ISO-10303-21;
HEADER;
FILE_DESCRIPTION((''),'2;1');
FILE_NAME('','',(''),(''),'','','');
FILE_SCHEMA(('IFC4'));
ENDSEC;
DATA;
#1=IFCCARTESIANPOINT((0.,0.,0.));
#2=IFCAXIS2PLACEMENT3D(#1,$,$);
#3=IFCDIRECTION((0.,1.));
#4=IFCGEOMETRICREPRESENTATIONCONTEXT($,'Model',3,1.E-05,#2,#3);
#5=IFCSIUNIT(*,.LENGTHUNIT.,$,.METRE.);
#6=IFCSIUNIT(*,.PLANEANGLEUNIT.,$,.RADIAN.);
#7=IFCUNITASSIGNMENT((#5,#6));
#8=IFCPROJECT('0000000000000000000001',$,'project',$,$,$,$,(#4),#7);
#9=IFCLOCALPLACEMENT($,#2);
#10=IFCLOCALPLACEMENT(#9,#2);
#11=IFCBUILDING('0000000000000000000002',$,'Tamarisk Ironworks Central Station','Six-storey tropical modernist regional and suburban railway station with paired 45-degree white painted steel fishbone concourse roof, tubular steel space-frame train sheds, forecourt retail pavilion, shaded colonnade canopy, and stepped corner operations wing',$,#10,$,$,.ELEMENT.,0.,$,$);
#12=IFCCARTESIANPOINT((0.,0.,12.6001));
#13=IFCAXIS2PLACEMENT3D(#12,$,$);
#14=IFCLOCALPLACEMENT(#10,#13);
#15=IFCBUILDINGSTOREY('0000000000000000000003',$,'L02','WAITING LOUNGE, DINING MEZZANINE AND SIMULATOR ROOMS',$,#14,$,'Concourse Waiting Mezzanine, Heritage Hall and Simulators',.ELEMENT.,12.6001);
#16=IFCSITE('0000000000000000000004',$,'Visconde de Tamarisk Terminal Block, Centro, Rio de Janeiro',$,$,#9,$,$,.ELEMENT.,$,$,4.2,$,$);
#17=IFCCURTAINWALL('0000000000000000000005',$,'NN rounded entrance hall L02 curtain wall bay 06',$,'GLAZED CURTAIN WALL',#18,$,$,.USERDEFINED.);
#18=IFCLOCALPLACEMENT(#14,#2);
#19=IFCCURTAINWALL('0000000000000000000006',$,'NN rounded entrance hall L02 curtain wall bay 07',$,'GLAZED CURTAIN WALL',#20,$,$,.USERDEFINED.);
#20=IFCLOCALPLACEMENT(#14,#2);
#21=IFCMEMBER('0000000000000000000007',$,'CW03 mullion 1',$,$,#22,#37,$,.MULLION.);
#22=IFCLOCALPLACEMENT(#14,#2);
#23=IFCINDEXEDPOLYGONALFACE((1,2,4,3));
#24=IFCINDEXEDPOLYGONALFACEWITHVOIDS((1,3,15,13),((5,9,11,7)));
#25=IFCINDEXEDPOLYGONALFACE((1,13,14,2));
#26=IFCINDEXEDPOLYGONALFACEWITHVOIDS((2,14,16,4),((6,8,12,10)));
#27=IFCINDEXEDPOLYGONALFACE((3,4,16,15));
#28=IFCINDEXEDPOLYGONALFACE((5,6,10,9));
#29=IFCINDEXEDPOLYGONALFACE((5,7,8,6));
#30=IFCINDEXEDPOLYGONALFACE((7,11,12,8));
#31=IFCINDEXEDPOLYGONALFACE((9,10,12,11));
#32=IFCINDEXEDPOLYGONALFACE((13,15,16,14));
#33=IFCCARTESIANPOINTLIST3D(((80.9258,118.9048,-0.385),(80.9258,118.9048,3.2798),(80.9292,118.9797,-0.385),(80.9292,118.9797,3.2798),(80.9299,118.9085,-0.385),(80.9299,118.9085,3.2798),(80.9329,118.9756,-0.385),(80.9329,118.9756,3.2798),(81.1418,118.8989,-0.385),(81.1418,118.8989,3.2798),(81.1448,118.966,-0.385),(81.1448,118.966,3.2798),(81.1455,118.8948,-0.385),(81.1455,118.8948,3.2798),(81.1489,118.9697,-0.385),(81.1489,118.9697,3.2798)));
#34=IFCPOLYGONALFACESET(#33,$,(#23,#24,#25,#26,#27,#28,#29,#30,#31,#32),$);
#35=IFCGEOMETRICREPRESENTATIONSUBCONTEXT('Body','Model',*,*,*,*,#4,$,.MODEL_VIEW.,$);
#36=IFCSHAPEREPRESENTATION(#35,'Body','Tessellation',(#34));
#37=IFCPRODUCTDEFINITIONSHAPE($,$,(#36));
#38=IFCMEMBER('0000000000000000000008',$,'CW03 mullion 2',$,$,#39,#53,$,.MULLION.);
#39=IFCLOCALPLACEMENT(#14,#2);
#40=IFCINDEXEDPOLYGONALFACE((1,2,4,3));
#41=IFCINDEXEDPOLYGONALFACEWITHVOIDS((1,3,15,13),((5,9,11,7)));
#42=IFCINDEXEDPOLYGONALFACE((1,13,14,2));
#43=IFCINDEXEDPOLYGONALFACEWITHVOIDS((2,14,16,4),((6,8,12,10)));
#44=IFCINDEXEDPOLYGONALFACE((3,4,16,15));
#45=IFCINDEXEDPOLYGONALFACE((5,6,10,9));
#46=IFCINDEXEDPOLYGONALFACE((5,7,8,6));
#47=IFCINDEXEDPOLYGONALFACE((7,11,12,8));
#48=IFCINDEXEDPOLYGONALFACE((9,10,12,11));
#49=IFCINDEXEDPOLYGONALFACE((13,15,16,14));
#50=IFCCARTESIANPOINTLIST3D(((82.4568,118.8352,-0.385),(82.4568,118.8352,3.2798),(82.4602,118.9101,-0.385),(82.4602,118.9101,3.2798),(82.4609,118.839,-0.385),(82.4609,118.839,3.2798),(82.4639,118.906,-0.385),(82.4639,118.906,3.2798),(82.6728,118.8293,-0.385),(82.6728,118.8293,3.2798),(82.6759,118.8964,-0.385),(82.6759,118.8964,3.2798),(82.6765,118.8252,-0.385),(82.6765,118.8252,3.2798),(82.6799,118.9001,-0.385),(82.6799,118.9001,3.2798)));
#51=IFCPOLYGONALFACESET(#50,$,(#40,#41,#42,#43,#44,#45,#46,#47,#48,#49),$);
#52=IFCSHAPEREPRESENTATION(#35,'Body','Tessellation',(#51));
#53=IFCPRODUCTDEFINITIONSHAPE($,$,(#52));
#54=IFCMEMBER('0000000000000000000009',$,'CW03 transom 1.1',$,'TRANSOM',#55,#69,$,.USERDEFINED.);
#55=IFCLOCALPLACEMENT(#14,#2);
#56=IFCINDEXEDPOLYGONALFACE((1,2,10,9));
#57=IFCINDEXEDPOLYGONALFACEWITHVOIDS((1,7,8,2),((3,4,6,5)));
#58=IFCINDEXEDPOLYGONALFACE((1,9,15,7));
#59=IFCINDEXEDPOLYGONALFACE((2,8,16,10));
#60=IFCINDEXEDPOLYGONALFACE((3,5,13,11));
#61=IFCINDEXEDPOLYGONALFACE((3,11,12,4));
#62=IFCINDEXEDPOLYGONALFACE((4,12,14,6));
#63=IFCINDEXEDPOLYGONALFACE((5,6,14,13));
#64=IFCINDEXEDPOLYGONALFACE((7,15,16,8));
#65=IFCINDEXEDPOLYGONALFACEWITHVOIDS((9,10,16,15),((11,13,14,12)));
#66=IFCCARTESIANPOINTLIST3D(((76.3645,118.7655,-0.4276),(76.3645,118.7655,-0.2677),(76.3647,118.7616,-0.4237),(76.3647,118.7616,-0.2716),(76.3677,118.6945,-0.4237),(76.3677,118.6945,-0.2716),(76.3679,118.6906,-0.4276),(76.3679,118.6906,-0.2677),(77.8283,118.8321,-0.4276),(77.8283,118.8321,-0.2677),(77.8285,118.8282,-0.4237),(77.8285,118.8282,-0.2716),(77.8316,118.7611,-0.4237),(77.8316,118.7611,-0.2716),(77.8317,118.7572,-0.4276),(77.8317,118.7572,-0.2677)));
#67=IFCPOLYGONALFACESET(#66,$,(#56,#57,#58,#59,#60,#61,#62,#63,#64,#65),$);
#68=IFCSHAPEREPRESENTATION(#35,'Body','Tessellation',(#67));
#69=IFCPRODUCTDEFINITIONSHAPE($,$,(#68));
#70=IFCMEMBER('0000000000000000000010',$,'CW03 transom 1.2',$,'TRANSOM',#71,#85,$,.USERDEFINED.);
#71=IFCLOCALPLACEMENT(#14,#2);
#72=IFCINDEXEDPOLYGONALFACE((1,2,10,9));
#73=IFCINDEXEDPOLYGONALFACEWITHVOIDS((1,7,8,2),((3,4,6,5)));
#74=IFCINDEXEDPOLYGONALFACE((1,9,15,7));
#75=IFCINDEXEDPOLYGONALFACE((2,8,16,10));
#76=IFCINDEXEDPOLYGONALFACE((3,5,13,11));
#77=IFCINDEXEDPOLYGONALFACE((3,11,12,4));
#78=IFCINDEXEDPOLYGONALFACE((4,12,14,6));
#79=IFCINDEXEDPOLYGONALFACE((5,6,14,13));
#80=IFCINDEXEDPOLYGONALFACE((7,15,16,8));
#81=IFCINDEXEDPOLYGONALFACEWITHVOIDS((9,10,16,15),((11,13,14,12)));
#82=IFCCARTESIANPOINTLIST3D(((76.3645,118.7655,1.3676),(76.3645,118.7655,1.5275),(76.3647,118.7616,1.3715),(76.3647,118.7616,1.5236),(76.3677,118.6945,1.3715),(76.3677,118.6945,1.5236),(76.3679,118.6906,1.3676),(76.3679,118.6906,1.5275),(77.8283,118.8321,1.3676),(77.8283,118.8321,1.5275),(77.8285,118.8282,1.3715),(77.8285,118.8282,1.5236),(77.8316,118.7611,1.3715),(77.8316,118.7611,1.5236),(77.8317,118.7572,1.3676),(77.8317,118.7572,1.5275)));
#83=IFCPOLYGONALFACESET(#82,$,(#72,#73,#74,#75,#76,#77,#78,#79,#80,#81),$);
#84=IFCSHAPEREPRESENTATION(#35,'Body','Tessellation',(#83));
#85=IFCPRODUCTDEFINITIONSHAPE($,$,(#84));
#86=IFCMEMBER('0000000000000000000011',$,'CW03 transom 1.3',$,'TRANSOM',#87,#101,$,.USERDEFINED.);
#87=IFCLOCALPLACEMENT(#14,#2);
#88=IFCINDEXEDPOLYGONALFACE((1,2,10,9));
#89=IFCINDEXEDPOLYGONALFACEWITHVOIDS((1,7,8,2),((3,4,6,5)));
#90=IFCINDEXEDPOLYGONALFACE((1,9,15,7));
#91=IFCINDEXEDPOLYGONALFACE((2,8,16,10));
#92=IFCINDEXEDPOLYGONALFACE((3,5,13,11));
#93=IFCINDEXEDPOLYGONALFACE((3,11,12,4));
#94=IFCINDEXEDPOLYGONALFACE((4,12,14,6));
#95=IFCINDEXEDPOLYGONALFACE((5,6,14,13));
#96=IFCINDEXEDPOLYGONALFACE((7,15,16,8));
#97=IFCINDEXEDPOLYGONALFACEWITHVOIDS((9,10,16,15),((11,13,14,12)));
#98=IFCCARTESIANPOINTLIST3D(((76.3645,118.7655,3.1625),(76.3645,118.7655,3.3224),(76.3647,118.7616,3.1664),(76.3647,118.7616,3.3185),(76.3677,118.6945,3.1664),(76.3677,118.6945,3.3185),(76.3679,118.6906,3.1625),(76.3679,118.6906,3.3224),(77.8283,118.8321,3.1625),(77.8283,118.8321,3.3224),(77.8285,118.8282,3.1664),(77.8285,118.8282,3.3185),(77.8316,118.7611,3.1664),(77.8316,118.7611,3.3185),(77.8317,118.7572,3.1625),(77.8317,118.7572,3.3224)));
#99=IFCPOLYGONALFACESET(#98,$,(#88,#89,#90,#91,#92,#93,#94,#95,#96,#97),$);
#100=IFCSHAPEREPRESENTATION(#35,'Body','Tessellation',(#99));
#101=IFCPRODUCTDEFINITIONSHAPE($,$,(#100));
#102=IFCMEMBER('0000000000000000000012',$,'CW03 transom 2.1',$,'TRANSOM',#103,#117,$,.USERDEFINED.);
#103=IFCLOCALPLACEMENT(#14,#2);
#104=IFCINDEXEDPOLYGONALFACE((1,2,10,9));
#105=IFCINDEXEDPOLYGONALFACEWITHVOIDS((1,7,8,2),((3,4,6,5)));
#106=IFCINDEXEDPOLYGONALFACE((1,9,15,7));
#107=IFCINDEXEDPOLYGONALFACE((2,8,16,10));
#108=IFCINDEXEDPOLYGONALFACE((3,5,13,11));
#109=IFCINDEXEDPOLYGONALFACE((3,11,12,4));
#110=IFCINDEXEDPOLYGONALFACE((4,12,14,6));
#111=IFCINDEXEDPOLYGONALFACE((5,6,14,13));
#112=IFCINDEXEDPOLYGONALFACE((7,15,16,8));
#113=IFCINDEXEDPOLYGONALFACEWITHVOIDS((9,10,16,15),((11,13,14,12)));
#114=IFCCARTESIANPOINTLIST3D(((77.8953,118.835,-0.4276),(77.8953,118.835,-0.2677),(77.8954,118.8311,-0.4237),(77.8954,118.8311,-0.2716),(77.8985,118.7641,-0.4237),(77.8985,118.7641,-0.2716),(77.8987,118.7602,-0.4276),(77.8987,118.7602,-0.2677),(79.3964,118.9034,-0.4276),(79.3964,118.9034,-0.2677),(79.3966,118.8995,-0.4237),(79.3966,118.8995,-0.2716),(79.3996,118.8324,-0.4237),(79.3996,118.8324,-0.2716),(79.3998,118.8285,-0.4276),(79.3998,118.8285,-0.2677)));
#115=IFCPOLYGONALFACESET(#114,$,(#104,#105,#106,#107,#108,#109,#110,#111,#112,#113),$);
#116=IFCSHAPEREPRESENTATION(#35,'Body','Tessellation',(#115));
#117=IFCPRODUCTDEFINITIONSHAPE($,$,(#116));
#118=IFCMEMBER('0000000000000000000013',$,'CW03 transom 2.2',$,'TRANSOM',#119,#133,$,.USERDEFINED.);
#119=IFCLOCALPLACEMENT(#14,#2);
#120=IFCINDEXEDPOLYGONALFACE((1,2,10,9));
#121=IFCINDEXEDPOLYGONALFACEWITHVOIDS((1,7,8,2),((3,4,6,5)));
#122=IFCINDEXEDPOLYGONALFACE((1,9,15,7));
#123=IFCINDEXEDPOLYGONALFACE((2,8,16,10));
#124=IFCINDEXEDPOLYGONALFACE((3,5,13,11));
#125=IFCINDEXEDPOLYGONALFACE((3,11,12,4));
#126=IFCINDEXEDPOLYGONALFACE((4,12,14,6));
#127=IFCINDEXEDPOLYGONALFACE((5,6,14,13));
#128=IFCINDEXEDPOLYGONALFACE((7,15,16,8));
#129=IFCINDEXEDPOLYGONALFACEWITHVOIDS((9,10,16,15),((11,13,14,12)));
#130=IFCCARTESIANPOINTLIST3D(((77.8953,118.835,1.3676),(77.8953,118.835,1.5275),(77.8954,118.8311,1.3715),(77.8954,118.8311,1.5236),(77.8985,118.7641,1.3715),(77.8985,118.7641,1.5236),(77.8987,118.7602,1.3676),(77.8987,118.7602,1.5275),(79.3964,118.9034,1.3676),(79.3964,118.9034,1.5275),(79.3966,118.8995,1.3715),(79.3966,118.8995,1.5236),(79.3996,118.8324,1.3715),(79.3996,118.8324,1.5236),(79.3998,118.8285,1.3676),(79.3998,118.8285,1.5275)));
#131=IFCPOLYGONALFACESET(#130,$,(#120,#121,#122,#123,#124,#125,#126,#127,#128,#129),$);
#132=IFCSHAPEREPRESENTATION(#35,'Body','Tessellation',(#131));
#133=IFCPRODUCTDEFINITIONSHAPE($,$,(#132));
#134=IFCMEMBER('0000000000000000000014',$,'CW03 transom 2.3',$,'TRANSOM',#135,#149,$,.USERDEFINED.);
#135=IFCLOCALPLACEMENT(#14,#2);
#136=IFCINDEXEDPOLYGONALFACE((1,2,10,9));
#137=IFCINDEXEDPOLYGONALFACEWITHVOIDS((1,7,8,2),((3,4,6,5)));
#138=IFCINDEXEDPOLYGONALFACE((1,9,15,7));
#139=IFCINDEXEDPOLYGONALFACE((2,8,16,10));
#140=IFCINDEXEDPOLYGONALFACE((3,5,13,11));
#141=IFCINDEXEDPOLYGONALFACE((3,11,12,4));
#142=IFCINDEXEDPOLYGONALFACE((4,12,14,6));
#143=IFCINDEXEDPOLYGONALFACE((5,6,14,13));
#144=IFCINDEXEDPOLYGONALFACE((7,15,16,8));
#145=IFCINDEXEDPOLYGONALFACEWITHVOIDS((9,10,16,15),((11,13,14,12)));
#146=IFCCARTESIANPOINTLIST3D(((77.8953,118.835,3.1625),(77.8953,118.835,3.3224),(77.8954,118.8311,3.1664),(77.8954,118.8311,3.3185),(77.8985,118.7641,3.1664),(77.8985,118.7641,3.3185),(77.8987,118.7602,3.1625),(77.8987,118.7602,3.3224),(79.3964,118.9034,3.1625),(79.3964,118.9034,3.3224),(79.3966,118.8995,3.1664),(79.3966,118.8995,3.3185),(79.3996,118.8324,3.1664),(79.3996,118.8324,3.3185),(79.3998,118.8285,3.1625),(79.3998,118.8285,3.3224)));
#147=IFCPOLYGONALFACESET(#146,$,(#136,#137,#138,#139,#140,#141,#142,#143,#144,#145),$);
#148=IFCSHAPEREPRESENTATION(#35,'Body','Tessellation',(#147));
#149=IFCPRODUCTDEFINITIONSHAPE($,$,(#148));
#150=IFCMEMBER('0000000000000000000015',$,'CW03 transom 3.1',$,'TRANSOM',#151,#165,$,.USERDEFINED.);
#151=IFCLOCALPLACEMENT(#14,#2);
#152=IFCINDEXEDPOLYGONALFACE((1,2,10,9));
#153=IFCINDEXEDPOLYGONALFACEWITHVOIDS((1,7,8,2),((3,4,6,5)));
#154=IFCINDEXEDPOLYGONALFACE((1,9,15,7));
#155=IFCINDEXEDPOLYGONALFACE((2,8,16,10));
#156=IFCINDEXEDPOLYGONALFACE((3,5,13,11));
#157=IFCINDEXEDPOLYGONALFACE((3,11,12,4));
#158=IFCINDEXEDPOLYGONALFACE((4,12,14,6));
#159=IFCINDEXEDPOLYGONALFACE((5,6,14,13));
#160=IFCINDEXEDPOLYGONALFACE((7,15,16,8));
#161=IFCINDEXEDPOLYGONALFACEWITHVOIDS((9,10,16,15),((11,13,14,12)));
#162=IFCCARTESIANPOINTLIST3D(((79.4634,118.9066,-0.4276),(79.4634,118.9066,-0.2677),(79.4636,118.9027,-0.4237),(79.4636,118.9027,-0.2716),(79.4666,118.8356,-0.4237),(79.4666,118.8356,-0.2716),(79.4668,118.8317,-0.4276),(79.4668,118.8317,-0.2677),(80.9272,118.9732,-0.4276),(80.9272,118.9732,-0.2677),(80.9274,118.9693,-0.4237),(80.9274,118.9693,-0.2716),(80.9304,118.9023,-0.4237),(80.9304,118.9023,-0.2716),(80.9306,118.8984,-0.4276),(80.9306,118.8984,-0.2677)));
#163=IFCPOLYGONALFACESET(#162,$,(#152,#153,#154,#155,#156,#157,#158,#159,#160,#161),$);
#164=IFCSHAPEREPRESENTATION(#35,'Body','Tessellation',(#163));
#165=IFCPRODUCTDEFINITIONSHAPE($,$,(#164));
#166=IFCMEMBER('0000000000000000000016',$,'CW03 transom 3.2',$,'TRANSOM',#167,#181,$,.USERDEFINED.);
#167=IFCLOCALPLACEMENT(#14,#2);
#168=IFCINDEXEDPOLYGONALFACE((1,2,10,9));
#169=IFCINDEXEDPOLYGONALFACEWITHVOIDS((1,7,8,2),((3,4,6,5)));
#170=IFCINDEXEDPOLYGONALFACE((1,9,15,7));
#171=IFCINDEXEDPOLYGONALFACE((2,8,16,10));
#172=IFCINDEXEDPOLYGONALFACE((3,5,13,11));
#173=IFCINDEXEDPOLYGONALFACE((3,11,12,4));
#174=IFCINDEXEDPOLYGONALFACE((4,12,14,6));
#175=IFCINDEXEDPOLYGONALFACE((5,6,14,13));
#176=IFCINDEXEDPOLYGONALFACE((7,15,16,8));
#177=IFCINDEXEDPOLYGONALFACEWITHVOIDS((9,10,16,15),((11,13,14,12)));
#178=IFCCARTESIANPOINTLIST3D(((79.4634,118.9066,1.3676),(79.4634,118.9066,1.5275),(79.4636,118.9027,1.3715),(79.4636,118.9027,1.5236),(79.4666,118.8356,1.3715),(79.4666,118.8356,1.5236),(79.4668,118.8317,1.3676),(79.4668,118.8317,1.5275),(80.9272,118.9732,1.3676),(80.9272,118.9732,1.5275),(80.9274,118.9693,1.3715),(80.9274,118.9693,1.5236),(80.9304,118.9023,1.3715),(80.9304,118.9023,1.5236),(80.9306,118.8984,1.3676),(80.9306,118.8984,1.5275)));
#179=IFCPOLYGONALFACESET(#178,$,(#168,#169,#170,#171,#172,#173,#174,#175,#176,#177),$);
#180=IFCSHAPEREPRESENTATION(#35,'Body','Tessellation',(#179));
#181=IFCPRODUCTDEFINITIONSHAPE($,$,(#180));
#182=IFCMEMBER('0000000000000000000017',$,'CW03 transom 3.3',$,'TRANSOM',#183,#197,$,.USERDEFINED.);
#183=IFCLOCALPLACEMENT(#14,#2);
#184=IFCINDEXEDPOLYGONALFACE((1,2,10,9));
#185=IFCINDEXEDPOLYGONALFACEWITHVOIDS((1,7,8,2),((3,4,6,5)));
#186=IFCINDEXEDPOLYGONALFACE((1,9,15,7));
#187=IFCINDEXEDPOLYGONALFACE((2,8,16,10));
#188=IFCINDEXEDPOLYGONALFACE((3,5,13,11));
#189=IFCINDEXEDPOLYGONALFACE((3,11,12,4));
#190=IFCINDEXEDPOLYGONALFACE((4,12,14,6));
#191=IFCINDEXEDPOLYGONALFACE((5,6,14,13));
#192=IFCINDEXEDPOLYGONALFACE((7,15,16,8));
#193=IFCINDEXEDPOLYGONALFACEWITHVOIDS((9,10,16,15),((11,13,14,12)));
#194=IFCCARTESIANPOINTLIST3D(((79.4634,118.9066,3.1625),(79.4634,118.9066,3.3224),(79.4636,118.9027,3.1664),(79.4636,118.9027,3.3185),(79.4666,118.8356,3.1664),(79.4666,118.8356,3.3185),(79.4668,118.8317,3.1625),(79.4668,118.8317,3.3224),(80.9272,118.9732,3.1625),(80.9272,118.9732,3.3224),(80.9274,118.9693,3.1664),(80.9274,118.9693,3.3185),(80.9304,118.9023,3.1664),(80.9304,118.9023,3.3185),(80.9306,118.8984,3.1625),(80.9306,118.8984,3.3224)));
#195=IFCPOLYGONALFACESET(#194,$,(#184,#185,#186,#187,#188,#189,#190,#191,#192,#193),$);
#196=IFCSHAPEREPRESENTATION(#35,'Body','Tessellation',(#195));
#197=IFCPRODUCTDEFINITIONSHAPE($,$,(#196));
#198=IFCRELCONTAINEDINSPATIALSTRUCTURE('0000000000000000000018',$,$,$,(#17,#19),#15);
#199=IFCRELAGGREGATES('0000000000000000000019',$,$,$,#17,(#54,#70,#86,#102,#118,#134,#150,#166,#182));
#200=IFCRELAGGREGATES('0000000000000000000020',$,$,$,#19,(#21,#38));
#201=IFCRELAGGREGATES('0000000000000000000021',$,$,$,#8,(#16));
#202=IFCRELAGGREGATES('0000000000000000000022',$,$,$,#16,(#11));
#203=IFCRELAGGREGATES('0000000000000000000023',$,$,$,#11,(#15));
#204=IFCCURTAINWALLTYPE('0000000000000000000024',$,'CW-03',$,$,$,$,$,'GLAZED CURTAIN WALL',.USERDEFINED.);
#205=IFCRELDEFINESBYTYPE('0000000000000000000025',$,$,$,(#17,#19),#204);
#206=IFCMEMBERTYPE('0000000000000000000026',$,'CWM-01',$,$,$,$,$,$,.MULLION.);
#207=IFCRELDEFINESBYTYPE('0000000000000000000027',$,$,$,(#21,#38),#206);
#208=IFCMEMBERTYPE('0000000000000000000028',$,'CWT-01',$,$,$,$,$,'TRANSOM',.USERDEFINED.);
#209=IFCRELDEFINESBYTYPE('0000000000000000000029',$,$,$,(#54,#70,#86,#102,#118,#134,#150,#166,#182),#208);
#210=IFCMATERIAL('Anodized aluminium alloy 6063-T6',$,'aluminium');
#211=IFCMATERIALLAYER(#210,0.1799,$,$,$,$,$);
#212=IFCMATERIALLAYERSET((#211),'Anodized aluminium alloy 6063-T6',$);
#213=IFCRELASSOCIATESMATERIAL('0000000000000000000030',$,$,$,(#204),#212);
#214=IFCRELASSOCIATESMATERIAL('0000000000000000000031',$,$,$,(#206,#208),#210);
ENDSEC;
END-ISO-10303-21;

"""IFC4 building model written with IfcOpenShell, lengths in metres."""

from ifc_helpers import new_model, si_unit, direction, frame, origin, origin_2d, place, context, subcontext, project, spatial, hollow_rectangle, extrude, material, layer, layer_set, material_profile, profile_set, type_object, element, aggregate, save


model = new_model("IFC4")

# Units and contexts
model_context = context("Model", 3, precision=1e-05, world=origin(), true_north=direction((0.0, 1.0)))
body_context = subcontext(model_context, "Body", "Model", "MODEL_VIEW")
ifc_project = project(units=[si_unit("LENGTHUNIT", "METRE"), si_unit("PLANEANGLEUNIT", "RADIAN")], contexts=[model_context])

# Site, building, storey
site_placement = place(None, origin())
site = spatial("IfcSite", under=ifc_project, at=site_placement, Name="Visconde de Tamarisk Terminal Block, Centro, Rio de Janeiro", CompositionType="ELEMENT", RefElevation=4.2)
building_placement = place(site_placement, origin())
building = spatial("IfcBuilding", under=site, at=building_placement, Name="Tamarisk Ironworks Central Station", Description="Six-storey tropical modernist regional and suburban railway station with paired 45-degree white painted steel fishbone concourse roof, tubular steel space-frame train sheds, forecourt retail pavilion, shaded colonnade canopy, and stepped corner operations wing", CompositionType="ELEMENT", ElevationOfRefHeight=0.0)
storey_placement = place(building_placement, frame((0.0, 0.0, 12.6001)))
storey = spatial("IfcBuildingStorey", under=building, at=storey_placement, Name="L02", Description="WAITING LOUNGE, DINING MEZZANINE AND SIMULATOR ROOMS", LongName="Concourse Waiting Mezzanine, Heritage Hall and Simulators", CompositionType="ELEMENT", Elevation=12.6001)

# Shared definitions
ifc_material_1 = material(Name="Anodized aluminium alloy 6063-T6", Category="aluminium")
ifc_layer_1 = layer(ifc_material_1, 0.1799)
ifc_layer_set_1 = layer_set([ifc_layer_1], Name="Anodized aluminium alloy 6063-T6")
curtain_wall_type = type_object("IfcCurtainWallType", Name="CW-03", ElementType="GLAZED CURTAIN WALL", PredefinedType="USERDEFINED", material=ifc_layer_set_1)
ifc_material_profile_1 = material_profile(ifc_material_1, hollow_rectangle(XDim=0.075, YDim=0.22, WallThickness=0.0039, at=origin_2d()), Name="ALUM 220x75")
ifc_profile_set_1 = profile_set([ifc_material_profile_1], Name="Anodized aluminium alloy 6063-T6")
member_type_1 = type_object("IfcMemberType", Name="CWM-01", PredefinedType="MULLION", material=ifc_profile_set_1)

# Curtain walls, members
curtain_wall_1_placement = place(storey_placement, origin())
curtain_wall_1 = element("IfcCurtainWall", 1, at=curtain_wall_1_placement, inside=storey, type_object=curtain_wall_type, Name="NN rounded entrance hall L02 curtain wall bay 06", ObjectType="GLAZED CURTAIN WALL", PredefinedType="USERDEFINED")
curtain_wall_2_placement = place(storey_placement, origin())
curtain_wall_2 = element("IfcCurtainWall", 2, at=curtain_wall_2_placement, inside=storey, type_object=curtain_wall_type, Name="NN rounded entrance hall L02 curtain wall bay 07", ObjectType="GLAZED CURTAIN WALL", PredefinedType="USERDEFINED")
member_1_placement = place(storey_placement, frame((81.0374, 118.9373, -0.385), z_axis=(0.0, 0.0, 1.0), x_axis=(0.045481, 0.998965, 0.0)))
member_1 = element("IfcMember", 3, at=member_1_placement, type_object=member_type_1, Name="CW03 mullion 1", PredefinedType="MULLION", context=body_context, shape_type="SweptSolid", body=[
    extrude(hollow_rectangle(XDim=0.075, YDim=0.22, WallThickness=0.0039, at=origin_2d()), origin(), (0.0, 0.0, 1.0), 3.6648),
])
member_2_placement = place(storey_placement, frame((82.5684, 118.8677, -0.385), z_axis=(0.0, 0.0, 1.0), x_axis=(0.045481, 0.998965, 0.0)))
member_2 = element("IfcMember", 4, at=member_2_placement, type_object=member_type_1, Name="CW03 mullion 2", PredefinedType="MULLION", context=body_context, shape_type="SweptSolid", body=[
    extrude(hollow_rectangle(XDim=0.075, YDim=0.22, WallThickness=0.0039, at=origin_2d()), origin(), (0.0, 0.0, 1.0), 3.6648),
])

# Members
ifc_material_profile_2 = material_profile(ifc_material_1, hollow_rectangle(XDim=0.075, YDim=0.1599, WallThickness=0.0039, at=origin_2d()), Name="ALUM 160x75")
ifc_profile_set_2 = profile_set([ifc_material_profile_2], Name="Anodized aluminium alloy 6063-T6")
member_type_2 = type_object("IfcMemberType", Name="CWT-01", ElementType="TRANSOM", PredefinedType="USERDEFINED", material=ifc_profile_set_2)
member_3_placement = place(storey_placement, frame((76.3662, 118.728, -0.3477), z_axis=(0.998965, 0.045483, 0.0), x_axis=(-0.045483, 0.998965, 0.0)))
member_3 = element("IfcMember", 5, at=member_3_placement, type_object=member_type_2, Name="CW03 transom 1.1", ObjectType="TRANSOM", PredefinedType="USERDEFINED", context=body_context, shape_type="SweptSolid", body=[
    extrude(hollow_rectangle(XDim=0.075, YDim=0.1599, WallThickness=0.0039, at=origin_2d()), origin(), (0.0, 0.0, 1.0), 1.4653),
])
member_4_placement = place(storey_placement, frame((76.3662, 118.728, 1.4475), z_axis=(0.998965, 0.045483, 0.0), x_axis=(-0.045483, 0.998965, 0.0)))
member_4 = element("IfcMember", 6, at=member_4_placement, type_object=member_type_2, Name="CW03 transom 1.2", ObjectType="TRANSOM", PredefinedType="USERDEFINED", context=body_context, shape_type="SweptSolid", body=[
    extrude(hollow_rectangle(XDim=0.075, YDim=0.1599, WallThickness=0.0039, at=origin_2d()), origin(), (0.0, 0.0, 1.0), 1.4653),
])
member_5_placement = place(storey_placement, frame((76.3662, 118.728, 3.2424), z_axis=(0.998965, 0.045483, 0.0), x_axis=(-0.045483, 0.998965, 0.0)))
member_5 = element("IfcMember", 7, at=member_5_placement, type_object=member_type_2, Name="CW03 transom 1.3", ObjectType="TRANSOM", PredefinedType="USERDEFINED", context=body_context, shape_type="SweptSolid", body=[
    extrude(hollow_rectangle(XDim=0.075, YDim=0.1599, WallThickness=0.0039, at=origin_2d()), origin(), (0.0, 0.0, 1.0), 1.4653),
])
member_6_placement = place(storey_placement, frame((77.897, 118.7976, -0.3477), z_axis=(0.998965, 0.045489, 0.0), x_axis=(-0.045489, 0.998965, 0.0)))
member_6 = element("IfcMember", 8, at=member_6_placement, type_object=member_type_2, Name="CW03 transom 2.1", ObjectType="TRANSOM", PredefinedType="USERDEFINED", context=body_context, shape_type="SweptSolid", body=[
    extrude(hollow_rectangle(XDim=0.075, YDim=0.1599, WallThickness=0.0039, at=origin_2d()), origin(), (0.0, 0.0, 1.0), 1.5027),
])
member_7_placement = place(storey_placement, frame((77.897, 118.7976, 1.4475), z_axis=(0.998965, 0.045489, 0.0), x_axis=(-0.045489, 0.998965, 0.0)))
member_7 = element("IfcMember", 9, at=member_7_placement, type_object=member_type_2, Name="CW03 transom 2.2", ObjectType="TRANSOM", PredefinedType="USERDEFINED", context=body_context, shape_type="SweptSolid", body=[
    extrude(hollow_rectangle(XDim=0.075, YDim=0.1599, WallThickness=0.0039, at=origin_2d()), origin(), (0.0, 0.0, 1.0), 1.5027),
])
member_8_placement = place(storey_placement, frame((77.897, 118.7976, 3.2424), z_axis=(0.998965, 0.045489, 0.0), x_axis=(-0.045489, 0.998965, 0.0)))
member_8 = element("IfcMember", 10, at=member_8_placement, type_object=member_type_2, Name="CW03 transom 2.3", ObjectType="TRANSOM", PredefinedType="USERDEFINED", context=body_context, shape_type="SweptSolid", body=[
    extrude(hollow_rectangle(XDim=0.075, YDim=0.1599, WallThickness=0.0039, at=origin_2d()), origin(), (0.0, 0.0, 1.0), 1.5027),
])
member_9_placement = place(storey_placement, frame((79.4651, 118.8691, -0.3477), z_axis=(0.998965, 0.045483, 0.0), x_axis=(-0.045483, 0.998965, 0.0)))
member_9 = element("IfcMember", 11, at=member_9_placement, type_object=member_type_2, Name="CW03 transom 3.1", ObjectType="TRANSOM", PredefinedType="USERDEFINED", context=body_context, shape_type="SweptSolid", body=[
    extrude(hollow_rectangle(XDim=0.075, YDim=0.1599, WallThickness=0.0039, at=origin_2d()), origin(), (0.0, 0.0, 1.0), 1.4653),
])
member_10_placement = place(storey_placement, frame((79.4651, 118.8691, 1.4475), z_axis=(0.998965, 0.045483, 0.0), x_axis=(-0.045483, 0.998965, 0.0)))
member_10 = element("IfcMember", 12, at=member_10_placement, type_object=member_type_2, Name="CW03 transom 3.2", ObjectType="TRANSOM", PredefinedType="USERDEFINED", context=body_context, shape_type="SweptSolid", body=[
    extrude(hollow_rectangle(XDim=0.075, YDim=0.1599, WallThickness=0.0039, at=origin_2d()), origin(), (0.0, 0.0, 1.0), 1.4653),
])
member_11_placement = place(storey_placement, frame((79.4651, 118.8691, 3.2424), z_axis=(0.998965, 0.045483, 0.0), x_axis=(-0.045483, 0.998965, 0.0)))
member_11 = element("IfcMember", 13, at=member_11_placement, type_object=member_type_2, Name="CW03 transom 3.3", ObjectType="TRANSOM", PredefinedType="USERDEFINED", context=body_context, shape_type="SweptSolid", body=[
    extrude(hollow_rectangle(XDim=0.075, YDim=0.1599, WallThickness=0.0039, at=origin_2d()), origin(), (0.0, 0.0, 1.0), 1.4653),
])

aggregate(curtain_wall_1, [member_3, member_4, member_5, member_6, member_7, member_8, member_9, member_10, member_11])
aggregate(curtain_wall_2, [member_1, member_2])

save(model, "model.ifc")
